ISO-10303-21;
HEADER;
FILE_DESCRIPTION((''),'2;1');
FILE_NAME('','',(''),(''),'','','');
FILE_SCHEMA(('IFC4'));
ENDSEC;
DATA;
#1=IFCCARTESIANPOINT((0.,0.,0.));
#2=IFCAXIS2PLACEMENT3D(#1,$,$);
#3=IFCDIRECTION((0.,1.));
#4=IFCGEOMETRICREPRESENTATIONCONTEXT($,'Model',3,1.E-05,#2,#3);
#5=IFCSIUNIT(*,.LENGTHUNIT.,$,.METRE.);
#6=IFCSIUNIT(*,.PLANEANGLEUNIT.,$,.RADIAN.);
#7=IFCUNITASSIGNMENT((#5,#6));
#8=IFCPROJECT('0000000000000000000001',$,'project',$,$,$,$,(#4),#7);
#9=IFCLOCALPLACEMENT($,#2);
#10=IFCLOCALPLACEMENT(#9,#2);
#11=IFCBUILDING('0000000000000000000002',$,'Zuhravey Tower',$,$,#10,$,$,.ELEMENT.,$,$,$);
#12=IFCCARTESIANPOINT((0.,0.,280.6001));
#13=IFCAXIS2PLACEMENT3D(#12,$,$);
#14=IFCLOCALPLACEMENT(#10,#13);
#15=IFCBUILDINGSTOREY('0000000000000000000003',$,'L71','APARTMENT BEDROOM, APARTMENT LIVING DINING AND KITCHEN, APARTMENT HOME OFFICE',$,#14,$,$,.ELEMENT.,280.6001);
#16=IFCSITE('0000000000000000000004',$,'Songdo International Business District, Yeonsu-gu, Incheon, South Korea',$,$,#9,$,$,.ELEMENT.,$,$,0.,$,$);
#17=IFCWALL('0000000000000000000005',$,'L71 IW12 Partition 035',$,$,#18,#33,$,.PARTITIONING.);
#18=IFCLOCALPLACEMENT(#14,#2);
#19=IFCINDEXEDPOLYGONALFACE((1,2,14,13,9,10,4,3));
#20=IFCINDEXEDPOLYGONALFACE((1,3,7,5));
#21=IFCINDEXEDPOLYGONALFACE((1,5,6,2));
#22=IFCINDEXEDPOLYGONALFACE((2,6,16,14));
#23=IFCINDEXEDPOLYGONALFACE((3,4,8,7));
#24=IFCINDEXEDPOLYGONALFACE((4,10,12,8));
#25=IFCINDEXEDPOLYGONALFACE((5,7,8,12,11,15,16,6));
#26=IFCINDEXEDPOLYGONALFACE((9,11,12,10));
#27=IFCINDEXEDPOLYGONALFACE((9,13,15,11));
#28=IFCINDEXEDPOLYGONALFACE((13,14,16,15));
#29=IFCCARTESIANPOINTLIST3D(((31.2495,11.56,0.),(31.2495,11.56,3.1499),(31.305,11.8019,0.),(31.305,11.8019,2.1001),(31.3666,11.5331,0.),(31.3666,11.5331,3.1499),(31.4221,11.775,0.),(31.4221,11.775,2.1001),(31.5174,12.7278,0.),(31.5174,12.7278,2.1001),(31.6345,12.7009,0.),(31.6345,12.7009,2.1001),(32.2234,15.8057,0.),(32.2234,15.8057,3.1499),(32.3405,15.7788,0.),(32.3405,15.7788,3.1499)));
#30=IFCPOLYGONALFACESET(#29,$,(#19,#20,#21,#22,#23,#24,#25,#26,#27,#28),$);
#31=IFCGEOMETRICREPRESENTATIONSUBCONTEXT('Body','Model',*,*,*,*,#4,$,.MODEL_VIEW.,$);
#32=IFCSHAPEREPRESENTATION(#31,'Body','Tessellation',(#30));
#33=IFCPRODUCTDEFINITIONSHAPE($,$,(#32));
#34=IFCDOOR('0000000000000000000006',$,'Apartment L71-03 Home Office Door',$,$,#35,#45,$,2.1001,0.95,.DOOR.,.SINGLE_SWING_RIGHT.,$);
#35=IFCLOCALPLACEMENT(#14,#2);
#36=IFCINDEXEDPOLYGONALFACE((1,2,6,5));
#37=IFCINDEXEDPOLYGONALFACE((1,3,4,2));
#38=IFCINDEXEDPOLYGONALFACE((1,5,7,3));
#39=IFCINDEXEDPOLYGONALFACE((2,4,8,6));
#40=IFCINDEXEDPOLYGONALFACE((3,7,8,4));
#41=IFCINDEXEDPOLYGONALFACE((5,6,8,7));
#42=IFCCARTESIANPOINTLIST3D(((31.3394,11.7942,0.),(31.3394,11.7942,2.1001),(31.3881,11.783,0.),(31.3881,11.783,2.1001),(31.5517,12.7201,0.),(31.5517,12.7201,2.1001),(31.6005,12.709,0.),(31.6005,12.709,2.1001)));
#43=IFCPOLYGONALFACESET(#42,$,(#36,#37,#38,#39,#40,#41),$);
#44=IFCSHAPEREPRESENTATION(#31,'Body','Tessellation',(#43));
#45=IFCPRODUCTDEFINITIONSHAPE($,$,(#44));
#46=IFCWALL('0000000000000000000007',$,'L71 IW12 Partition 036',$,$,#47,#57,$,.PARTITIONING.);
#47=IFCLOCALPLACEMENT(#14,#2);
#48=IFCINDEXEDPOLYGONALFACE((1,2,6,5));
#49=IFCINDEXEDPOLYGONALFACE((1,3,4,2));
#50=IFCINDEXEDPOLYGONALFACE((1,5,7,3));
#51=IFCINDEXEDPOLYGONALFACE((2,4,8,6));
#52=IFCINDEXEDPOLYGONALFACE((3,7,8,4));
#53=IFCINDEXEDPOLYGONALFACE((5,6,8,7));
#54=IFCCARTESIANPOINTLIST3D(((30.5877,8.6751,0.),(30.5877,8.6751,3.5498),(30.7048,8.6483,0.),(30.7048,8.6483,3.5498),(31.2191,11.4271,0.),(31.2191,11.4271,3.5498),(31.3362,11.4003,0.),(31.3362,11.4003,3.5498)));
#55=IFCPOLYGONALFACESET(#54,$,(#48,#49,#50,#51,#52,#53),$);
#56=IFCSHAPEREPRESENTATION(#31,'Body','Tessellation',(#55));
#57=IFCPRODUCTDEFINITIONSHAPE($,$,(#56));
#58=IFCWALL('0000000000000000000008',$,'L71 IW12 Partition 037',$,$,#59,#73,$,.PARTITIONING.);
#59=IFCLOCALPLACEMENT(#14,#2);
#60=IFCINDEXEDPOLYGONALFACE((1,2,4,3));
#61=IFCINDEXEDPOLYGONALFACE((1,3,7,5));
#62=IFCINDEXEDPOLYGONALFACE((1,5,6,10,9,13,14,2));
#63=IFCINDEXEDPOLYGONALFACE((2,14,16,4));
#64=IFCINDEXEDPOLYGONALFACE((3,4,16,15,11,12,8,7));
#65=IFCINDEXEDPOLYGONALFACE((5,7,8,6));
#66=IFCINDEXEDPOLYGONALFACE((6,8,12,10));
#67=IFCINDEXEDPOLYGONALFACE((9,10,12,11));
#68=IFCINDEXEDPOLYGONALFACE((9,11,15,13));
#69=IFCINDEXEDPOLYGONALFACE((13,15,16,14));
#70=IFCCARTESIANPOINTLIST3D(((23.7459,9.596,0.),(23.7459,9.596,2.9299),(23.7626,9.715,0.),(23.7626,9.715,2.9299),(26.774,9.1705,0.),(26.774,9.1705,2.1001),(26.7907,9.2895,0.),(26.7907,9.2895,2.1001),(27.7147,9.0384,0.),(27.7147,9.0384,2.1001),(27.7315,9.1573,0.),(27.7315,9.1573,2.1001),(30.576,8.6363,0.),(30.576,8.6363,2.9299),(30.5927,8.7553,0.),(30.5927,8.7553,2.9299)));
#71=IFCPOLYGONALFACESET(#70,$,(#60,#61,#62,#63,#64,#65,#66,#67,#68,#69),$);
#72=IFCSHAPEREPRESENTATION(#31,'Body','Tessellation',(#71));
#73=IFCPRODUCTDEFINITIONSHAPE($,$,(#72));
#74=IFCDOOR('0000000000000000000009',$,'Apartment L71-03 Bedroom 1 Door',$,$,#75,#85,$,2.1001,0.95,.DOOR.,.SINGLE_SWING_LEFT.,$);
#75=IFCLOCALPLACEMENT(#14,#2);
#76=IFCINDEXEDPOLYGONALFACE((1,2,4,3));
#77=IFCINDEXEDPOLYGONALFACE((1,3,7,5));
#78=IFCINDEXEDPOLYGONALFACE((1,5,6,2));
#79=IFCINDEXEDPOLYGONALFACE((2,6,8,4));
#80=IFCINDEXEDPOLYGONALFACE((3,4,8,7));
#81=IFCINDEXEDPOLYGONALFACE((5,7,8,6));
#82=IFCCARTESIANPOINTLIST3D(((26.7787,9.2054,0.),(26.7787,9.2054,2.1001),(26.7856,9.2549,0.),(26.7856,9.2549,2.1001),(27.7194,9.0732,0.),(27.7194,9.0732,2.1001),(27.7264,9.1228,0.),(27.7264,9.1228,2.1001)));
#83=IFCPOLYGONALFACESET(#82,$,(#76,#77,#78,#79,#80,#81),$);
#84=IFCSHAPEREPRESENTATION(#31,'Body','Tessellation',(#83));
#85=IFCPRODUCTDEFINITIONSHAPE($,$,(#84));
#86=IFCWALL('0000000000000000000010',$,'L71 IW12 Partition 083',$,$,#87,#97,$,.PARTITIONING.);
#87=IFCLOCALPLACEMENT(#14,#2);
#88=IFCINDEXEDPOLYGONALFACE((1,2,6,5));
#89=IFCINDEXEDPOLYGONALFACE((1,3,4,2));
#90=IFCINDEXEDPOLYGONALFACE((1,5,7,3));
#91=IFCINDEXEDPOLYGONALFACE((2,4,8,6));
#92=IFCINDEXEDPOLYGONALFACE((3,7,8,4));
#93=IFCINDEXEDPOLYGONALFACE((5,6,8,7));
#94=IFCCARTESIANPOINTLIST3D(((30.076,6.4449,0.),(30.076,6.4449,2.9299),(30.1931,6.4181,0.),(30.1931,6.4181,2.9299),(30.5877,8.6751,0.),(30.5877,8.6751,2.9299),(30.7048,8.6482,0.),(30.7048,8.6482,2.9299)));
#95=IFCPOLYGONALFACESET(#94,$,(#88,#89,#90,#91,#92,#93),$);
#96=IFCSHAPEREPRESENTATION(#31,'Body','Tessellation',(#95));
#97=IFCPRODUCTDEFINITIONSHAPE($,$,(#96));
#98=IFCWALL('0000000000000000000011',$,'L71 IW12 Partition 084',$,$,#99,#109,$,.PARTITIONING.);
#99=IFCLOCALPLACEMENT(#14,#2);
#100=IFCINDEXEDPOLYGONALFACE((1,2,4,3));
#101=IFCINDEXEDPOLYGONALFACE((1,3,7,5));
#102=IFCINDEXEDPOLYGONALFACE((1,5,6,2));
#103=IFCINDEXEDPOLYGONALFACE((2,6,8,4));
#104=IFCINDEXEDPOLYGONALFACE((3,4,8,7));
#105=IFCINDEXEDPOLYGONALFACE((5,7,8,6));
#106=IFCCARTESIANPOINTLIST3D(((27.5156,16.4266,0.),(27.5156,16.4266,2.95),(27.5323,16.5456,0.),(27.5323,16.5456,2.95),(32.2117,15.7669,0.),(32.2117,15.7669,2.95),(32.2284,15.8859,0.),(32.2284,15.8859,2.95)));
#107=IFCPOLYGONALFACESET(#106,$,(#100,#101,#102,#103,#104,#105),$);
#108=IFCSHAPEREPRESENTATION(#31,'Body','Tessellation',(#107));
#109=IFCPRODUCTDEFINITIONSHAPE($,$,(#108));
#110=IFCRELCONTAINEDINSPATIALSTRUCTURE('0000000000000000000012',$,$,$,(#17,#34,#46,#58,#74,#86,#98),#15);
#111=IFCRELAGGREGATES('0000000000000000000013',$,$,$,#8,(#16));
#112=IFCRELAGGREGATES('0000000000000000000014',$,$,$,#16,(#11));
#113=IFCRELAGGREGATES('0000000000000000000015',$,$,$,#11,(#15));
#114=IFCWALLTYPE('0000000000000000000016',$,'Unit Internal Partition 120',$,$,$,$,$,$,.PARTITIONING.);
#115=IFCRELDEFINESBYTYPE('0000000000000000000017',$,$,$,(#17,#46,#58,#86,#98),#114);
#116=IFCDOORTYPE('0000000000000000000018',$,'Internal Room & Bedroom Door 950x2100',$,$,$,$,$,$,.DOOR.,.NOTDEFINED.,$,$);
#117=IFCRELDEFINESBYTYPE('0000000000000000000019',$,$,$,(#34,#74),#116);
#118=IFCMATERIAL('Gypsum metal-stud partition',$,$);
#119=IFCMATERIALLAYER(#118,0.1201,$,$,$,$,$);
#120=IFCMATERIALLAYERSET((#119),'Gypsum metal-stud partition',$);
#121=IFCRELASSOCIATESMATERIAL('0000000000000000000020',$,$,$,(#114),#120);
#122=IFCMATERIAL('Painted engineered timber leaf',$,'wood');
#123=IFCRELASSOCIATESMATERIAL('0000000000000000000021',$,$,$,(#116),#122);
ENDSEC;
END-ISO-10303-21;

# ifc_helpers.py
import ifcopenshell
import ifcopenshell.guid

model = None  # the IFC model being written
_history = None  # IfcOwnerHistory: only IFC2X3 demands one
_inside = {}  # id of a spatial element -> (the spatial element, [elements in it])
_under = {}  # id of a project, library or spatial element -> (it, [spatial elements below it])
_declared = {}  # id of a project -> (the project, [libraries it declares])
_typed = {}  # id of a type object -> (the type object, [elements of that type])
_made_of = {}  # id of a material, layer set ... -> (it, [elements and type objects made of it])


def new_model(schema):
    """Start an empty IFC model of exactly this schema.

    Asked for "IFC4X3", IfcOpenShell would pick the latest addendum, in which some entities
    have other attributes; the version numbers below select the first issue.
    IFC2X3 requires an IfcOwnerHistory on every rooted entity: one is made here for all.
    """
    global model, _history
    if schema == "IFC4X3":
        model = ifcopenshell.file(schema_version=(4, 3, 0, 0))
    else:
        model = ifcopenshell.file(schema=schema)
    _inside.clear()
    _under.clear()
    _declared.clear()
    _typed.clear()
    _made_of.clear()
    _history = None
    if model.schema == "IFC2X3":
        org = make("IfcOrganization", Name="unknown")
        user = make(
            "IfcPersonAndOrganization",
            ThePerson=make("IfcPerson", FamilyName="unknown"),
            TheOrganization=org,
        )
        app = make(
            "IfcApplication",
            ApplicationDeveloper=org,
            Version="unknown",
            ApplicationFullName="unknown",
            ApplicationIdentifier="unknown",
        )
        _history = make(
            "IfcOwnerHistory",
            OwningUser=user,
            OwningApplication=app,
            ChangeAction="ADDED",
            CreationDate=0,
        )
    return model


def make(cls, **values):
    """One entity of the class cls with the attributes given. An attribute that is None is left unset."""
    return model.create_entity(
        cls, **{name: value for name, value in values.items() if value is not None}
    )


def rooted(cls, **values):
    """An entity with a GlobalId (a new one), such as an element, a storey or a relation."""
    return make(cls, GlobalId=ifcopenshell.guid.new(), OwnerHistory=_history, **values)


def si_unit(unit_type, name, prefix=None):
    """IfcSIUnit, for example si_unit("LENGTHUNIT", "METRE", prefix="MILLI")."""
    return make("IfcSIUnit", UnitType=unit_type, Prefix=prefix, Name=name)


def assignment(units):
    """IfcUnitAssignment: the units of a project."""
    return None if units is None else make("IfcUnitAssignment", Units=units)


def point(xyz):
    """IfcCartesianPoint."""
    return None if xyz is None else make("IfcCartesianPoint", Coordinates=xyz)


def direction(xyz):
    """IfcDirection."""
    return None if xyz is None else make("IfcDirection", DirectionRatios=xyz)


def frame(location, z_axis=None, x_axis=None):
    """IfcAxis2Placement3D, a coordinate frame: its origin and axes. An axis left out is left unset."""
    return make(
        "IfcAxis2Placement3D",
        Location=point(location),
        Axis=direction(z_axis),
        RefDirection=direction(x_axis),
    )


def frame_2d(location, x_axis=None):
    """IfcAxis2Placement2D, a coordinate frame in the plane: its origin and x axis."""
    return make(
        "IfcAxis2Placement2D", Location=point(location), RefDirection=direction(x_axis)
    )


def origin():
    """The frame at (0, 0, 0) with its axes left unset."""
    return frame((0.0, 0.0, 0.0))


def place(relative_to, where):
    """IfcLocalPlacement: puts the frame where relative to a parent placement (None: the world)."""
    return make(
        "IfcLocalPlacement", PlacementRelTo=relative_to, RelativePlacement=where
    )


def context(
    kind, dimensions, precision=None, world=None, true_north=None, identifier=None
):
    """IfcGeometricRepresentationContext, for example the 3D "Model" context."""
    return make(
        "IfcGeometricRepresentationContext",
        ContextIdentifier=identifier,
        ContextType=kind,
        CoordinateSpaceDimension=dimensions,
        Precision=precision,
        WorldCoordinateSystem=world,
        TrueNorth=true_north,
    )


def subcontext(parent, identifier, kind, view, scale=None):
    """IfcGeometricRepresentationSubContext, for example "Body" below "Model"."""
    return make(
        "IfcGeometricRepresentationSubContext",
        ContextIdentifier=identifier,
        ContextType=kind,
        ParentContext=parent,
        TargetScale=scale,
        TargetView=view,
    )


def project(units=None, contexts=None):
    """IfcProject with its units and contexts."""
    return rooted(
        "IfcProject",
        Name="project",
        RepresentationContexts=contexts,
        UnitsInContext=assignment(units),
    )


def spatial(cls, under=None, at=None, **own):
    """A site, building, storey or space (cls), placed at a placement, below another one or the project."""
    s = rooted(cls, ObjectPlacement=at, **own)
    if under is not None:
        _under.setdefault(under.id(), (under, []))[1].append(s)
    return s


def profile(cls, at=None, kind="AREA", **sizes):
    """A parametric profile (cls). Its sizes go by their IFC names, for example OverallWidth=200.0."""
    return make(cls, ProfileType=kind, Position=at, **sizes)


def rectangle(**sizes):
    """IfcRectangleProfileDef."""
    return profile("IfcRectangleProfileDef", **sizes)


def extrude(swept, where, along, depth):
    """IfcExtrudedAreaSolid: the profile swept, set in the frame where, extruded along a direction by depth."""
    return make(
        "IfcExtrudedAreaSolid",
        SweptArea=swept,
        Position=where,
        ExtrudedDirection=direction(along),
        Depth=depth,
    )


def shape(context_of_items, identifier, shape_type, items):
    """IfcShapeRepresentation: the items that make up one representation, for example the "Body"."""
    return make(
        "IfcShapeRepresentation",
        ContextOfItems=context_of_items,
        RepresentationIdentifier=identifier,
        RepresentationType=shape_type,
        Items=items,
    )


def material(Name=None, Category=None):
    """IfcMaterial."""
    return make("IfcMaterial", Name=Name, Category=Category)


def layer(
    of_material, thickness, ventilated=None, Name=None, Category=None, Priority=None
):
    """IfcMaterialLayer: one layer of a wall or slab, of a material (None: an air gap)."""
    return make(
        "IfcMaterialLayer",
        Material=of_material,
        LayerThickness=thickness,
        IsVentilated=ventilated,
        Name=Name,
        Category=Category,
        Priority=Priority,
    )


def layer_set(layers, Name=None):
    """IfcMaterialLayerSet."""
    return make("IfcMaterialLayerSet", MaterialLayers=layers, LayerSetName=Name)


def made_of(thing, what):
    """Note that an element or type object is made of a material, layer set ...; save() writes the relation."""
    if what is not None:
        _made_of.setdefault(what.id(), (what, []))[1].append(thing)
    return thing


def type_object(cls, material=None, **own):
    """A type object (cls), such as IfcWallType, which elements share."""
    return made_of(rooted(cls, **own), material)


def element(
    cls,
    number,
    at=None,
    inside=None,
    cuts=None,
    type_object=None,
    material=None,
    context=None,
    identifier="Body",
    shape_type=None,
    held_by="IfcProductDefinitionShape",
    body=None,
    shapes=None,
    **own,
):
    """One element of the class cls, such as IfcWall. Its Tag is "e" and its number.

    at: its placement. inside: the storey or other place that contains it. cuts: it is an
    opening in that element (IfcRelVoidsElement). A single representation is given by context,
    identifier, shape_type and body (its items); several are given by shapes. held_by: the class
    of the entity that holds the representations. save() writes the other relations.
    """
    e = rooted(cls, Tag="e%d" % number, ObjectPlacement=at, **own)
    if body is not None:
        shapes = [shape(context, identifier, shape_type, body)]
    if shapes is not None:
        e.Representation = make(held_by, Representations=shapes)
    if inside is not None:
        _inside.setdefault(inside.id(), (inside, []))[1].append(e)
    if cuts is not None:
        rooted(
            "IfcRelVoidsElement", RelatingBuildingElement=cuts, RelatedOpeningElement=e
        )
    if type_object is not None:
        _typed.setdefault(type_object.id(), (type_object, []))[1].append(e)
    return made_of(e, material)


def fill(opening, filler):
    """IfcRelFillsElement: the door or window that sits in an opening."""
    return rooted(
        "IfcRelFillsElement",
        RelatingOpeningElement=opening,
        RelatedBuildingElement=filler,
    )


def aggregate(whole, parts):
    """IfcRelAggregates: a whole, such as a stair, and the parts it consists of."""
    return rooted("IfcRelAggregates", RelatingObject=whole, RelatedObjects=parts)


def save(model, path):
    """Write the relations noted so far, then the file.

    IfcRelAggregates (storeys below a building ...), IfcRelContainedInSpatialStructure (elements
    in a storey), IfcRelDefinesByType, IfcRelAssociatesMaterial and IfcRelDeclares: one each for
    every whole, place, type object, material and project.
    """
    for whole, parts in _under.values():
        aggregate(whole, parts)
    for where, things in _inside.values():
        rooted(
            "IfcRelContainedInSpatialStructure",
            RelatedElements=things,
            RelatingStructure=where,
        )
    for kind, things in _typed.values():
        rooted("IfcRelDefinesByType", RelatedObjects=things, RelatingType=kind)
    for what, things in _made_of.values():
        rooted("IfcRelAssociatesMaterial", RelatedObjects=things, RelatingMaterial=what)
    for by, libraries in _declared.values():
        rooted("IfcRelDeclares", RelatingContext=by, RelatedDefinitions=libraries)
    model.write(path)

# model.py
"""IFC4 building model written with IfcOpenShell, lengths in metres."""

from ifc_helpers import new_model, si_unit, direction, frame, frame_2d, origin, place, context, subcontext, project, spatial, rectangle, extrude, material, layer, layer_set, type_object, element, fill, save


model = new_model("IFC4")

# Units and contexts
model_context = context("Model", 3, precision=1e-05, world=origin(), true_north=direction((0.0, 1.0)))
body_context = subcontext(model_context, "Body", "Model", "MODEL_VIEW")
ifc_project = project(units=[si_unit("LENGTHUNIT", "METRE"), si_unit("PLANEANGLEUNIT", "RADIAN")], contexts=[model_context])

# Site, building, storey
site_placement = place(None, origin())
site = spatial("IfcSite", under=ifc_project, at=site_placement, Name="Songdo International Business District, Yeonsu-gu, Incheon, South Korea", CompositionType="ELEMENT", RefElevation=0.0)
building_placement = place(site_placement, origin())
building = spatial("IfcBuilding", under=site, at=building_placement, Name="Zuhravey Tower", CompositionType="ELEMENT")
storey_placement = place(building_placement, frame((0.0, 0.0, 280.6001)))
storey = spatial("IfcBuildingStorey", under=building, at=storey_placement, Name="L71", Description="APARTMENT BEDROOM, APARTMENT LIVING DINING AND KITCHEN, APARTMENT HOME OFFICE", CompositionType="ELEMENT", Elevation=280.6001)

# Shared definitions
ifc_material_1 = material(Name="Gypsum metal-stud partition")
ifc_layer_1 = layer(ifc_material_1, 0.1201)
ifc_layer_set_1 = layer_set([ifc_layer_1], Name="Gypsum metal-stud partition")
wall_type_1 = type_object("IfcWallType", Name="Unit Internal Partition 120", PredefinedType="PARTITIONING", material=ifc_layer_set_1)
ifc_material_2 = material(Name="Painted engineered timber leaf", Category="wood")
door_type_1 = type_object("IfcDoorType", Name="Internal Room & Bedroom Door 950x2100", OperationType="NOTDEFINED", PredefinedType="DOOR", material=ifc_material_2)

# Wall, opening, door
wall_1_placement = place(storey_placement, frame((32.282, 15.7922, 0.0), z_axis=(0.0, 0.0, 1.0), x_axis=(-0.223578, -0.974686, 0.0)))
wall_1 = element("IfcWall", 1, at=wall_1_placement, inside=storey, type_object=wall_type_1, Name="L71 IW12 Partition 035", PredefinedType="PARTITIONING", context=body_context, shape_type="SweptSolid", body=[
    extrude(rectangle(XDim=4.356, YDim=0.1201, at=frame_2d((2.178, 0.0))), origin(), (0.0, 0.0, 1.0), 3.1499),
])
opening_1_placement = place(wall_1_placement, frame((3.1577, 0.0, 0.0)))
opening_1 = element("IfcOpeningElement", 2, at=opening_1_placement, cuts=wall_1, PredefinedType="OPENING", context=body_context, shape_type="SweptSolid", body=[
    extrude(rectangle(XDim=0.95, YDim=2.1001, at=frame_2d((0.4751, 1.05))), frame((0.0, 0.072, 0.0), z_axis=(0.0, -1.0, 0.0), x_axis=(1.0, 0.0, 0.0)), (0.0, 0.0, 1.0), 0.144),
])
door_1_placement = place(opening_1_placement, frame((0.95, 0.0, 0.0), z_axis=(0.0, 0.0, 1.0), x_axis=(-1.0, 0.0, 0.0)))
door_1 = element("IfcDoor", 3, at=door_1_placement, inside=storey, type_object=door_type_1, Name="Apartment L71-03 Home Office Door", OperationType="SINGLE_SWING_RIGHT", OverallHeight=2.1001, OverallWidth=0.95, PredefinedType="DOOR", context=body_context, shape_type="SweptSolid", body=[
    extrude(rectangle(XDim=0.95, YDim=2.1001, at=frame_2d((0.4751, 1.05))), frame((0.0, 0.0249, 0.0), z_axis=(0.0, -1.0, 0.0), x_axis=(1.0, 0.0, 0.0)), (0.0, 0.0, 1.0), 0.05),
])
fill(opening_1, door_1)

# Wall
wall_2_placement = place(storey_placement, frame((31.2776, 11.4136, 0.0), z_axis=(0.0, 0.0, 1.0), x_axis=(-0.223609, -0.974679, 0.0)))
element("IfcWall", 4, at=wall_2_placement, inside=storey, type_object=wall_type_1, Name="L71 IW12 Partition 036", PredefinedType="PARTITIONING", context=body_context, shape_type="SweptSolid", body=[
    extrude(rectangle(XDim=2.8235, YDim=0.1201, at=frame_2d((1.4116, 0.0))), origin(), (0.0, 0.0, 1.0), 3.5498),
])

# Wall, opening, door
wall_3_placement = place(storey_placement, frame((23.7542, 9.6555, 0.0), z_axis=(0.0, 0.0, 1.0), x_axis=(0.990272, -0.139146, 0.0)))
wall_3 = element("IfcWall", 5, at=wall_3_placement, inside=storey, type_object=wall_type_1, Name="L71 IW12 Partition 037", PredefinedType="PARTITIONING", context=body_context, shape_type="SweptSolid", body=[
    extrude(rectangle(XDim=6.8972, YDim=0.1201, at=frame_2d((3.4487, 0.0))), origin(), (0.0, 0.0, 1.0), 2.9299),
])
opening_2_placement = place(wall_3_placement, frame((3.0579, 0.0, 0.0)))
opening_2 = element("IfcOpeningElement", 6, at=opening_2_placement, cuts=wall_3, PredefinedType="OPENING", context=body_context, shape_type="SweptSolid", body=[
    extrude(rectangle(XDim=0.95, YDim=2.1001, at=frame_2d((0.4751, 1.05))), frame((0.0, 0.072, 0.0), z_axis=(0.0, -1.0, 0.0), x_axis=(1.0, 0.0, 0.0)), (0.0, 0.0, 1.0), 0.144),
])
door_2_placement = place(opening_2_placement, frame((0.95, 0.0, 0.0), z_axis=(0.0, 0.0, 1.0), x_axis=(-1.0, 0.0, 0.0)))
door_2 = element("IfcDoor", 7, at=door_2_placement, inside=storey, type_object=door_type_1, Name="Apartment L71-03 Bedroom 1 Door", OperationType="SINGLE_SWING_LEFT", OverallHeight=2.1001, OverallWidth=0.95, PredefinedType="DOOR", context=body_context, shape_type="SweptSolid", body=[
    extrude(rectangle(XDim=0.95, YDim=2.1001, at=frame_2d((0.4751, 1.05))), frame((0.0, 0.0249, 0.0), z_axis=(0.0, -1.0, 0.0), x_axis=(1.0, 0.0, 0.0)), (0.0, 0.0, 1.0), 0.05),
])
fill(opening_2, door_2)

# Walls
wall_4_placement = place(storey_placement, frame((30.6462, 8.6616, 0.0), z_axis=(0.0, 0.0, 1.0), x_axis=(-0.223636, -0.974673, 0.0)))
element("IfcWall", 8, at=wall_4_placement, inside=storey, type_object=wall_type_1, Name="L71 IW12 Partition 083", PredefinedType="PARTITIONING", context=body_context, shape_type="SweptSolid", body=[
    extrude(rectangle(XDim=2.2881, YDim=0.1201, at=frame_2d((1.144, 0.0))), origin(), (0.0, 0.0, 1.0), 2.9299),
])
wall_5_placement = place(storey_placement, frame((27.5239, 16.4861, 0.0), z_axis=(0.0, 0.0, 1.0), x_axis=(0.990277, -0.139107, 0.0)))
element("IfcWall", 9, at=wall_5_placement, inside=storey, type_object=wall_type_1, Name="L71 IW12 Partition 084", PredefinedType="PARTITIONING", context=body_context, shape_type="SweptSolid", body=[
    extrude(rectangle(XDim=4.7422, YDim=0.1201, at=frame_2d((2.3711, 0.0))), origin(), (0.0, 0.0, 1.0), 2.95),
])

save(model, "model.ifc")
